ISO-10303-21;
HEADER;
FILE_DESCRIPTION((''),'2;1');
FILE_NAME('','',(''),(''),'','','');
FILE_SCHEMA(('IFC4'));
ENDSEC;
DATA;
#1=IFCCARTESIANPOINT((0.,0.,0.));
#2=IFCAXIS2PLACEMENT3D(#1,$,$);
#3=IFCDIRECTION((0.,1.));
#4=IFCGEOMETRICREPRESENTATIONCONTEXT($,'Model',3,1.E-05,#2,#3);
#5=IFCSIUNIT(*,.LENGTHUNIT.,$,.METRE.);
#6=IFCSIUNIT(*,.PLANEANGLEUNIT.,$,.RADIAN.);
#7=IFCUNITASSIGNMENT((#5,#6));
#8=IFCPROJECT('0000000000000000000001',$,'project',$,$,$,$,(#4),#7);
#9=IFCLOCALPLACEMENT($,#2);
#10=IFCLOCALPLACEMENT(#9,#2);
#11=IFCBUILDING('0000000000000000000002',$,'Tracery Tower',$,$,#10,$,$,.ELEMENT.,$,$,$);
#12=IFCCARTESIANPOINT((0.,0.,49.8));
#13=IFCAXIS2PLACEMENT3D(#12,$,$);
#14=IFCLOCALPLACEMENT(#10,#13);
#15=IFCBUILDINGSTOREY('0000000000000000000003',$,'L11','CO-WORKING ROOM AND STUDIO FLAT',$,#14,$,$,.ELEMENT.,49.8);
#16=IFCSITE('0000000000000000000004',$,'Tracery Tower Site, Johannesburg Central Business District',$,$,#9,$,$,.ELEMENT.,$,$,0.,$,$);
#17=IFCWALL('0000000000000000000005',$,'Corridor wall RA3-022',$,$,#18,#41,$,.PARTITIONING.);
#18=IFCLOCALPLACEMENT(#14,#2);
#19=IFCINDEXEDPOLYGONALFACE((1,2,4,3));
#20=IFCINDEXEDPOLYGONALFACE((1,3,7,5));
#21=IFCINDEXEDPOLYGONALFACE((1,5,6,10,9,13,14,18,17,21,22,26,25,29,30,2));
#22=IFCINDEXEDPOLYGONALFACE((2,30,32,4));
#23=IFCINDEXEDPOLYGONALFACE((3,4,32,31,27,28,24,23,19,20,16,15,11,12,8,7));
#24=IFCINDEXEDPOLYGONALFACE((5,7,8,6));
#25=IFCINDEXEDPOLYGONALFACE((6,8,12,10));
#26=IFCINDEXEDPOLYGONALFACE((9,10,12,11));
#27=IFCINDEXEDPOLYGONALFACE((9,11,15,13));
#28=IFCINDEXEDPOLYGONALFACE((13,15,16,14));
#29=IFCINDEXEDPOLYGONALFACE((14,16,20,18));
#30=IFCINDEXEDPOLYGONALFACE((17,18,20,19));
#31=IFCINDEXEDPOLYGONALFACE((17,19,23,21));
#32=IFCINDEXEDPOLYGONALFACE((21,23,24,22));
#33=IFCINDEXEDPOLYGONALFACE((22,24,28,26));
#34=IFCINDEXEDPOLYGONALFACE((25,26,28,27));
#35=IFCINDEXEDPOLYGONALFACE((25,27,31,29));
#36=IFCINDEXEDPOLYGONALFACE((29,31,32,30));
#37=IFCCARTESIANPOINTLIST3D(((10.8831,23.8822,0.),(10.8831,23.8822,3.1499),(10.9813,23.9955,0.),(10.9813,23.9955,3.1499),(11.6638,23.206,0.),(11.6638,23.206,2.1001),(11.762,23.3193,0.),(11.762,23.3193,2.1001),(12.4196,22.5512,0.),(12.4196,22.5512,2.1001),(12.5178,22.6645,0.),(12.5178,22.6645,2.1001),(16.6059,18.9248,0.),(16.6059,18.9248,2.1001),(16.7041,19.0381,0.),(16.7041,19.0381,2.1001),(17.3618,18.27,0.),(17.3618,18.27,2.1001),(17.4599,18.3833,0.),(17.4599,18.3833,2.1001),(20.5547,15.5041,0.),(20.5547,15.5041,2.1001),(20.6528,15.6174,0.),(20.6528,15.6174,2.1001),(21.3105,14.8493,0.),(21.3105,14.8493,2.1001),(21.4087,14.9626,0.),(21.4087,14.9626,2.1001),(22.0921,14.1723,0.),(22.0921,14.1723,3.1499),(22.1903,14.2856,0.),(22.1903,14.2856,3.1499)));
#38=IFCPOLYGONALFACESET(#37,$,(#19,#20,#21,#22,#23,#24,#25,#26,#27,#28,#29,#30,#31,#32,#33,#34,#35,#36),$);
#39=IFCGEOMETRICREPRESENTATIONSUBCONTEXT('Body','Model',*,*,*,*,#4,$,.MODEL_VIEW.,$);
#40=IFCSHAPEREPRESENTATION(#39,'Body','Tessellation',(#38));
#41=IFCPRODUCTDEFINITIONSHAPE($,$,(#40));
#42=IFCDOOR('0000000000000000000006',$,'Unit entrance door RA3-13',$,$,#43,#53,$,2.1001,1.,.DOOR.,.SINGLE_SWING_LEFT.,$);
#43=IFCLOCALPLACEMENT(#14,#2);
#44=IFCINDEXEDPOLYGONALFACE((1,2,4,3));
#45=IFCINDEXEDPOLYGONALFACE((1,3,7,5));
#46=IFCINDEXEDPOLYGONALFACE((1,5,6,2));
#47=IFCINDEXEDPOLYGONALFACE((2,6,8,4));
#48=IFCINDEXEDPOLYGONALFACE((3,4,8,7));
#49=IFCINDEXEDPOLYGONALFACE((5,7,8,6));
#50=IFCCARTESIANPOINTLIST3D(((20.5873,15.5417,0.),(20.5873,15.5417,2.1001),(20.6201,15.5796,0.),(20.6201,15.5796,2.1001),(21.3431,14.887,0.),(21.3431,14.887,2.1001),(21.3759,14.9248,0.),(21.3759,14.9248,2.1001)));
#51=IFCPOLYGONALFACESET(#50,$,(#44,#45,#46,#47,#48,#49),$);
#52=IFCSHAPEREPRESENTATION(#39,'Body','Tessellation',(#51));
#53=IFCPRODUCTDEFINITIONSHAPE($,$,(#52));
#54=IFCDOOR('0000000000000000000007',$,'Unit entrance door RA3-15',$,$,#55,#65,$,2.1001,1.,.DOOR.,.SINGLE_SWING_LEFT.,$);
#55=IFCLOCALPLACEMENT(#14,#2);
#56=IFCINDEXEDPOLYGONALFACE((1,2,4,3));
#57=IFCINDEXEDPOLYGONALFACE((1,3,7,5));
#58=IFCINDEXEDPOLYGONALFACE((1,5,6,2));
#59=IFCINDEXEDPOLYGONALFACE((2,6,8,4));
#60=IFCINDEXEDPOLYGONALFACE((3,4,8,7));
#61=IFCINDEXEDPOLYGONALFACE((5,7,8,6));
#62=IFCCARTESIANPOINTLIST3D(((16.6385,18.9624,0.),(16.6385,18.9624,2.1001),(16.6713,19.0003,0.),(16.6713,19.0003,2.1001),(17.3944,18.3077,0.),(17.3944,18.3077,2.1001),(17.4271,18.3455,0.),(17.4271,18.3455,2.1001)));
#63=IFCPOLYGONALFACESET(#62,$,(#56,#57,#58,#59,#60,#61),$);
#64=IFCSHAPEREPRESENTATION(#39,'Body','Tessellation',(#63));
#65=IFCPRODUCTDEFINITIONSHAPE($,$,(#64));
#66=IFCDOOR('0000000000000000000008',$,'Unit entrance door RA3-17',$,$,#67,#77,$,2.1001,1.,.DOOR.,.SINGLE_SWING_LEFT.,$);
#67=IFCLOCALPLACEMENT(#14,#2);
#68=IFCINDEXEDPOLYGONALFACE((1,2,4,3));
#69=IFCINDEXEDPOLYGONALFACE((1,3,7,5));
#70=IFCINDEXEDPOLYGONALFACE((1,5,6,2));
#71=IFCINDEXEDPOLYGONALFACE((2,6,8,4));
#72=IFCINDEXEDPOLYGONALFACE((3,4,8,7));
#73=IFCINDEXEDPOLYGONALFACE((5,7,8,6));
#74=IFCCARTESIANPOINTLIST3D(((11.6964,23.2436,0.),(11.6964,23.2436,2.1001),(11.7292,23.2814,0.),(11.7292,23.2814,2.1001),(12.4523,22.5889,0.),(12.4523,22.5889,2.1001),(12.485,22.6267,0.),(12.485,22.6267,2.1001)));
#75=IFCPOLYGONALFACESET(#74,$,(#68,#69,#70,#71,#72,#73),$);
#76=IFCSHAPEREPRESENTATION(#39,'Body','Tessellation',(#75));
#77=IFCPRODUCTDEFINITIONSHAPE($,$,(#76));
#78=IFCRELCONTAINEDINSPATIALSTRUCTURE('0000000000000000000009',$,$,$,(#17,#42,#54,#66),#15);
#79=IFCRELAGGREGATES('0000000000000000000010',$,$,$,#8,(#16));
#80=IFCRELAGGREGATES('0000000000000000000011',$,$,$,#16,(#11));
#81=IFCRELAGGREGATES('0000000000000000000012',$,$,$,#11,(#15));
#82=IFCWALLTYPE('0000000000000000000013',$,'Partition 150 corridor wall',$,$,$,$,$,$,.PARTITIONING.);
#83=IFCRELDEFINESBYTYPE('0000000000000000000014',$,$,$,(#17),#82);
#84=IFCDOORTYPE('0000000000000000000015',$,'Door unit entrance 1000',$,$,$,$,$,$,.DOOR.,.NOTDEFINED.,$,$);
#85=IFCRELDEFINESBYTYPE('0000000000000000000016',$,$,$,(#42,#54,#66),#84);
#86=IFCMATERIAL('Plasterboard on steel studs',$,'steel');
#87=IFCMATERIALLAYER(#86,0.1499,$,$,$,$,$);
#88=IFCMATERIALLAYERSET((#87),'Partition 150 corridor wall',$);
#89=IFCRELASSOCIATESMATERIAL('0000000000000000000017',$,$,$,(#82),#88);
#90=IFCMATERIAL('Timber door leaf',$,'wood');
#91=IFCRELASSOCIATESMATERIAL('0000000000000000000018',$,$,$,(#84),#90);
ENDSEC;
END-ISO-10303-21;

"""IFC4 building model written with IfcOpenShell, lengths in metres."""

from ifc_helpers import new_model, si_unit, direction, frame, frame_2d, origin, place, context, subcontext, project, spatial, rectangle, extrude, material, layer, layer_set, type_object, element, fill, save


model = new_model("IFC4")

# Units and contexts
model_context = context("Model", 3, precision=1e-05, world=origin(), true_north=direction((0.0, 1.0)))
body_context = subcontext(model_context, "Body", "Model", "MODEL_VIEW")
ifc_project = project(units=[si_unit("LENGTHUNIT", "METRE"), si_unit("PLANEANGLEUNIT", "RADIAN")], contexts=[model_context])

# Site, building, storey
site_placement = place(None, origin())
site = spatial("IfcSite", under=ifc_project, at=site_placement, Name="Tracery Tower Site, Johannesburg Central Business District", CompositionType="ELEMENT", RefElevation=0.0)
building_placement = place(site_placement, origin())
building = spatial("IfcBuilding", under=site, at=building_placement, Name="Tracery Tower", CompositionType="ELEMENT")
storey_placement = place(building_placement, frame((0.0, 0.0, 49.8)))
storey = spatial("IfcBuildingStorey", under=building, at=storey_placement, Name="L11", Description="CO-WORKING ROOM AND STUDIO FLAT", CompositionType="ELEMENT", Elevation=49.8)

# Wall, openings, doors
ifc_material_1 = material(Name="Plasterboard on steel studs", Category="steel")
ifc_layer_1 = layer(ifc_material_1, 0.1499)
ifc_layer_set_1 = layer_set([ifc_layer_1], Name="Partition 150 corridor wall")
wall_type_1 = type_object("IfcWallType", Name="Partition 150 corridor wall", PredefinedType="PARTITIONING", material=ifc_layer_set_1)
wall_1_placement = place(storey_placement, frame((10.9321, 23.939, 0.0), z_axis=(0.0, 0.0, 1.0), x_axis=(0.755839, -0.654758, 0.0)))
wall_1 = element("IfcWall", 1, at=wall_1_placement, inside=storey, type_object=wall_type_1, Name="Corridor wall RA3-022", PredefinedType="PARTITIONING", context=body_context, shape_type="SweptSolid", body=[
    extrude(rectangle(XDim=14.8298, YDim=0.1499, at=frame_2d((7.415, 0.0))), origin(), (0.0, 0.0, 1.0), 3.1499),
])
opening_1_placement = place(wall_1_placement, frame((12.7959, 0.0, 0.0)))
opening_1 = element("IfcOpeningElement", 2, at=opening_1_placement, cuts=wall_1, PredefinedType="OPENING", context=body_context, shape_type="SweptSolid", body=[
    extrude(rectangle(XDim=1.0, YDim=2.1001, at=frame_2d((0.5, 1.05))), frame((0.0, 0.075, 0.0), z_axis=(0.0, -1.0, 0.0), x_axis=(1.0, 0.0, 0.0)), (0.0, 0.0, 1.0), 0.1499),
])
opening_2_placement = place(wall_1_placement, frame((7.5715, 0.0, 0.0)))
opening_2 = element("IfcOpeningElement", 3, at=opening_2_placement, cuts=wall_1, PredefinedType="OPENING", context=body_context, shape_type="SweptSolid", body=[
    extrude(rectangle(XDim=1.0, YDim=2.1001, at=frame_2d((0.5, 1.05))), frame((0.0, 0.075, 0.0), z_axis=(0.0, -1.0, 0.0), x_axis=(1.0, 0.0, 0.0)), (0.0, 0.0, 1.0), 0.1499),
])
opening_3_placement = place(wall_1_placement, frame((1.033, 0.0, 0.0)))
opening_3 = element("IfcOpeningElement", 4, at=opening_3_placement, cuts=wall_1, PredefinedType="OPENING", context=body_context, shape_type="SweptSolid", body=[
    extrude(rectangle(XDim=1.0, YDim=2.1001, at=frame_2d((0.5, 1.05))), frame((0.0, 0.075, 0.0), z_axis=(0.0, -1.0, 0.0), x_axis=(1.0, 0.0, 0.0)), (0.0, 0.0, 1.0), 0.1499),
])
ifc_material_2 = material(Name="Timber door leaf", Category="wood")
door_type_1 = type_object("IfcDoorType", Name="Door unit entrance 1000", OperationType="NOTDEFINED", PredefinedType="DOOR", material=ifc_material_2)
door_1_placement = place(opening_1_placement, origin())
door_1 = element("IfcDoor", 5, at=door_1_placement, inside=storey, type_object=door_type_1, Name="Unit entrance door RA3-13", OperationType="SINGLE_SWING_LEFT", OverallHeight=2.1001, OverallWidth=1.0, PredefinedType="DOOR", context=body_context, shape_type="SweptSolid", body=[
    extrude(rectangle(XDim=1.0, YDim=2.1001, at=frame_2d((0.5, 1.05))), frame((0.0, 0.0249, 0.0), z_axis=(0.0, -1.0, 0.0), x_axis=(1.0, 0.0, 0.0)), (0.0, 0.0, 1.0), 0.05),
])
fill(opening_1, door_1)
door_2_placement = place(opening_2_placement, origin())
door_2 = element("IfcDoor", 6, at=door_2_placement, inside=storey, type_object=door_type_1, Name="Unit entrance door RA3-15", OperationType="SINGLE_SWING_LEFT", OverallHeight=2.1001, OverallWidth=1.0, PredefinedType="DOOR", context=body_context, shape_type="SweptSolid", body=[
    extrude(rectangle(XDim=1.0, YDim=2.1001, at=frame_2d((0.5, 1.05))), frame((0.0, 0.0249, 0.0), z_axis=(0.0, -1.0, 0.0), x_axis=(1.0, 0.0, 0.0)), (0.0, 0.0, 1.0), 0.05),
])
fill(opening_2, door_2)
door_3_placement = place(opening_3_placement, origin())
door_3 = element("IfcDoor", 7, at=door_3_placement, inside=storey, type_object=door_type_1, Name="Unit entrance door RA3-17", OperationType="SINGLE_SWING_LEFT", OverallHeight=2.1001, OverallWidth=1.0, PredefinedType="DOOR", context=body_context, shape_type="SweptSolid", body=[
    extrude(rectangle(XDim=1.0, YDim=2.1001, at=frame_2d((0.5, 1.05))), frame((0.0, 0.0249, 0.0), z_axis=(0.0, -1.0, 0.0), x_axis=(1.0, 0.0, 0.0)), (0.0, 0.0, 1.0), 0.05),
])
fill(opening_3, door_3)

save(model, "model.ifc")
